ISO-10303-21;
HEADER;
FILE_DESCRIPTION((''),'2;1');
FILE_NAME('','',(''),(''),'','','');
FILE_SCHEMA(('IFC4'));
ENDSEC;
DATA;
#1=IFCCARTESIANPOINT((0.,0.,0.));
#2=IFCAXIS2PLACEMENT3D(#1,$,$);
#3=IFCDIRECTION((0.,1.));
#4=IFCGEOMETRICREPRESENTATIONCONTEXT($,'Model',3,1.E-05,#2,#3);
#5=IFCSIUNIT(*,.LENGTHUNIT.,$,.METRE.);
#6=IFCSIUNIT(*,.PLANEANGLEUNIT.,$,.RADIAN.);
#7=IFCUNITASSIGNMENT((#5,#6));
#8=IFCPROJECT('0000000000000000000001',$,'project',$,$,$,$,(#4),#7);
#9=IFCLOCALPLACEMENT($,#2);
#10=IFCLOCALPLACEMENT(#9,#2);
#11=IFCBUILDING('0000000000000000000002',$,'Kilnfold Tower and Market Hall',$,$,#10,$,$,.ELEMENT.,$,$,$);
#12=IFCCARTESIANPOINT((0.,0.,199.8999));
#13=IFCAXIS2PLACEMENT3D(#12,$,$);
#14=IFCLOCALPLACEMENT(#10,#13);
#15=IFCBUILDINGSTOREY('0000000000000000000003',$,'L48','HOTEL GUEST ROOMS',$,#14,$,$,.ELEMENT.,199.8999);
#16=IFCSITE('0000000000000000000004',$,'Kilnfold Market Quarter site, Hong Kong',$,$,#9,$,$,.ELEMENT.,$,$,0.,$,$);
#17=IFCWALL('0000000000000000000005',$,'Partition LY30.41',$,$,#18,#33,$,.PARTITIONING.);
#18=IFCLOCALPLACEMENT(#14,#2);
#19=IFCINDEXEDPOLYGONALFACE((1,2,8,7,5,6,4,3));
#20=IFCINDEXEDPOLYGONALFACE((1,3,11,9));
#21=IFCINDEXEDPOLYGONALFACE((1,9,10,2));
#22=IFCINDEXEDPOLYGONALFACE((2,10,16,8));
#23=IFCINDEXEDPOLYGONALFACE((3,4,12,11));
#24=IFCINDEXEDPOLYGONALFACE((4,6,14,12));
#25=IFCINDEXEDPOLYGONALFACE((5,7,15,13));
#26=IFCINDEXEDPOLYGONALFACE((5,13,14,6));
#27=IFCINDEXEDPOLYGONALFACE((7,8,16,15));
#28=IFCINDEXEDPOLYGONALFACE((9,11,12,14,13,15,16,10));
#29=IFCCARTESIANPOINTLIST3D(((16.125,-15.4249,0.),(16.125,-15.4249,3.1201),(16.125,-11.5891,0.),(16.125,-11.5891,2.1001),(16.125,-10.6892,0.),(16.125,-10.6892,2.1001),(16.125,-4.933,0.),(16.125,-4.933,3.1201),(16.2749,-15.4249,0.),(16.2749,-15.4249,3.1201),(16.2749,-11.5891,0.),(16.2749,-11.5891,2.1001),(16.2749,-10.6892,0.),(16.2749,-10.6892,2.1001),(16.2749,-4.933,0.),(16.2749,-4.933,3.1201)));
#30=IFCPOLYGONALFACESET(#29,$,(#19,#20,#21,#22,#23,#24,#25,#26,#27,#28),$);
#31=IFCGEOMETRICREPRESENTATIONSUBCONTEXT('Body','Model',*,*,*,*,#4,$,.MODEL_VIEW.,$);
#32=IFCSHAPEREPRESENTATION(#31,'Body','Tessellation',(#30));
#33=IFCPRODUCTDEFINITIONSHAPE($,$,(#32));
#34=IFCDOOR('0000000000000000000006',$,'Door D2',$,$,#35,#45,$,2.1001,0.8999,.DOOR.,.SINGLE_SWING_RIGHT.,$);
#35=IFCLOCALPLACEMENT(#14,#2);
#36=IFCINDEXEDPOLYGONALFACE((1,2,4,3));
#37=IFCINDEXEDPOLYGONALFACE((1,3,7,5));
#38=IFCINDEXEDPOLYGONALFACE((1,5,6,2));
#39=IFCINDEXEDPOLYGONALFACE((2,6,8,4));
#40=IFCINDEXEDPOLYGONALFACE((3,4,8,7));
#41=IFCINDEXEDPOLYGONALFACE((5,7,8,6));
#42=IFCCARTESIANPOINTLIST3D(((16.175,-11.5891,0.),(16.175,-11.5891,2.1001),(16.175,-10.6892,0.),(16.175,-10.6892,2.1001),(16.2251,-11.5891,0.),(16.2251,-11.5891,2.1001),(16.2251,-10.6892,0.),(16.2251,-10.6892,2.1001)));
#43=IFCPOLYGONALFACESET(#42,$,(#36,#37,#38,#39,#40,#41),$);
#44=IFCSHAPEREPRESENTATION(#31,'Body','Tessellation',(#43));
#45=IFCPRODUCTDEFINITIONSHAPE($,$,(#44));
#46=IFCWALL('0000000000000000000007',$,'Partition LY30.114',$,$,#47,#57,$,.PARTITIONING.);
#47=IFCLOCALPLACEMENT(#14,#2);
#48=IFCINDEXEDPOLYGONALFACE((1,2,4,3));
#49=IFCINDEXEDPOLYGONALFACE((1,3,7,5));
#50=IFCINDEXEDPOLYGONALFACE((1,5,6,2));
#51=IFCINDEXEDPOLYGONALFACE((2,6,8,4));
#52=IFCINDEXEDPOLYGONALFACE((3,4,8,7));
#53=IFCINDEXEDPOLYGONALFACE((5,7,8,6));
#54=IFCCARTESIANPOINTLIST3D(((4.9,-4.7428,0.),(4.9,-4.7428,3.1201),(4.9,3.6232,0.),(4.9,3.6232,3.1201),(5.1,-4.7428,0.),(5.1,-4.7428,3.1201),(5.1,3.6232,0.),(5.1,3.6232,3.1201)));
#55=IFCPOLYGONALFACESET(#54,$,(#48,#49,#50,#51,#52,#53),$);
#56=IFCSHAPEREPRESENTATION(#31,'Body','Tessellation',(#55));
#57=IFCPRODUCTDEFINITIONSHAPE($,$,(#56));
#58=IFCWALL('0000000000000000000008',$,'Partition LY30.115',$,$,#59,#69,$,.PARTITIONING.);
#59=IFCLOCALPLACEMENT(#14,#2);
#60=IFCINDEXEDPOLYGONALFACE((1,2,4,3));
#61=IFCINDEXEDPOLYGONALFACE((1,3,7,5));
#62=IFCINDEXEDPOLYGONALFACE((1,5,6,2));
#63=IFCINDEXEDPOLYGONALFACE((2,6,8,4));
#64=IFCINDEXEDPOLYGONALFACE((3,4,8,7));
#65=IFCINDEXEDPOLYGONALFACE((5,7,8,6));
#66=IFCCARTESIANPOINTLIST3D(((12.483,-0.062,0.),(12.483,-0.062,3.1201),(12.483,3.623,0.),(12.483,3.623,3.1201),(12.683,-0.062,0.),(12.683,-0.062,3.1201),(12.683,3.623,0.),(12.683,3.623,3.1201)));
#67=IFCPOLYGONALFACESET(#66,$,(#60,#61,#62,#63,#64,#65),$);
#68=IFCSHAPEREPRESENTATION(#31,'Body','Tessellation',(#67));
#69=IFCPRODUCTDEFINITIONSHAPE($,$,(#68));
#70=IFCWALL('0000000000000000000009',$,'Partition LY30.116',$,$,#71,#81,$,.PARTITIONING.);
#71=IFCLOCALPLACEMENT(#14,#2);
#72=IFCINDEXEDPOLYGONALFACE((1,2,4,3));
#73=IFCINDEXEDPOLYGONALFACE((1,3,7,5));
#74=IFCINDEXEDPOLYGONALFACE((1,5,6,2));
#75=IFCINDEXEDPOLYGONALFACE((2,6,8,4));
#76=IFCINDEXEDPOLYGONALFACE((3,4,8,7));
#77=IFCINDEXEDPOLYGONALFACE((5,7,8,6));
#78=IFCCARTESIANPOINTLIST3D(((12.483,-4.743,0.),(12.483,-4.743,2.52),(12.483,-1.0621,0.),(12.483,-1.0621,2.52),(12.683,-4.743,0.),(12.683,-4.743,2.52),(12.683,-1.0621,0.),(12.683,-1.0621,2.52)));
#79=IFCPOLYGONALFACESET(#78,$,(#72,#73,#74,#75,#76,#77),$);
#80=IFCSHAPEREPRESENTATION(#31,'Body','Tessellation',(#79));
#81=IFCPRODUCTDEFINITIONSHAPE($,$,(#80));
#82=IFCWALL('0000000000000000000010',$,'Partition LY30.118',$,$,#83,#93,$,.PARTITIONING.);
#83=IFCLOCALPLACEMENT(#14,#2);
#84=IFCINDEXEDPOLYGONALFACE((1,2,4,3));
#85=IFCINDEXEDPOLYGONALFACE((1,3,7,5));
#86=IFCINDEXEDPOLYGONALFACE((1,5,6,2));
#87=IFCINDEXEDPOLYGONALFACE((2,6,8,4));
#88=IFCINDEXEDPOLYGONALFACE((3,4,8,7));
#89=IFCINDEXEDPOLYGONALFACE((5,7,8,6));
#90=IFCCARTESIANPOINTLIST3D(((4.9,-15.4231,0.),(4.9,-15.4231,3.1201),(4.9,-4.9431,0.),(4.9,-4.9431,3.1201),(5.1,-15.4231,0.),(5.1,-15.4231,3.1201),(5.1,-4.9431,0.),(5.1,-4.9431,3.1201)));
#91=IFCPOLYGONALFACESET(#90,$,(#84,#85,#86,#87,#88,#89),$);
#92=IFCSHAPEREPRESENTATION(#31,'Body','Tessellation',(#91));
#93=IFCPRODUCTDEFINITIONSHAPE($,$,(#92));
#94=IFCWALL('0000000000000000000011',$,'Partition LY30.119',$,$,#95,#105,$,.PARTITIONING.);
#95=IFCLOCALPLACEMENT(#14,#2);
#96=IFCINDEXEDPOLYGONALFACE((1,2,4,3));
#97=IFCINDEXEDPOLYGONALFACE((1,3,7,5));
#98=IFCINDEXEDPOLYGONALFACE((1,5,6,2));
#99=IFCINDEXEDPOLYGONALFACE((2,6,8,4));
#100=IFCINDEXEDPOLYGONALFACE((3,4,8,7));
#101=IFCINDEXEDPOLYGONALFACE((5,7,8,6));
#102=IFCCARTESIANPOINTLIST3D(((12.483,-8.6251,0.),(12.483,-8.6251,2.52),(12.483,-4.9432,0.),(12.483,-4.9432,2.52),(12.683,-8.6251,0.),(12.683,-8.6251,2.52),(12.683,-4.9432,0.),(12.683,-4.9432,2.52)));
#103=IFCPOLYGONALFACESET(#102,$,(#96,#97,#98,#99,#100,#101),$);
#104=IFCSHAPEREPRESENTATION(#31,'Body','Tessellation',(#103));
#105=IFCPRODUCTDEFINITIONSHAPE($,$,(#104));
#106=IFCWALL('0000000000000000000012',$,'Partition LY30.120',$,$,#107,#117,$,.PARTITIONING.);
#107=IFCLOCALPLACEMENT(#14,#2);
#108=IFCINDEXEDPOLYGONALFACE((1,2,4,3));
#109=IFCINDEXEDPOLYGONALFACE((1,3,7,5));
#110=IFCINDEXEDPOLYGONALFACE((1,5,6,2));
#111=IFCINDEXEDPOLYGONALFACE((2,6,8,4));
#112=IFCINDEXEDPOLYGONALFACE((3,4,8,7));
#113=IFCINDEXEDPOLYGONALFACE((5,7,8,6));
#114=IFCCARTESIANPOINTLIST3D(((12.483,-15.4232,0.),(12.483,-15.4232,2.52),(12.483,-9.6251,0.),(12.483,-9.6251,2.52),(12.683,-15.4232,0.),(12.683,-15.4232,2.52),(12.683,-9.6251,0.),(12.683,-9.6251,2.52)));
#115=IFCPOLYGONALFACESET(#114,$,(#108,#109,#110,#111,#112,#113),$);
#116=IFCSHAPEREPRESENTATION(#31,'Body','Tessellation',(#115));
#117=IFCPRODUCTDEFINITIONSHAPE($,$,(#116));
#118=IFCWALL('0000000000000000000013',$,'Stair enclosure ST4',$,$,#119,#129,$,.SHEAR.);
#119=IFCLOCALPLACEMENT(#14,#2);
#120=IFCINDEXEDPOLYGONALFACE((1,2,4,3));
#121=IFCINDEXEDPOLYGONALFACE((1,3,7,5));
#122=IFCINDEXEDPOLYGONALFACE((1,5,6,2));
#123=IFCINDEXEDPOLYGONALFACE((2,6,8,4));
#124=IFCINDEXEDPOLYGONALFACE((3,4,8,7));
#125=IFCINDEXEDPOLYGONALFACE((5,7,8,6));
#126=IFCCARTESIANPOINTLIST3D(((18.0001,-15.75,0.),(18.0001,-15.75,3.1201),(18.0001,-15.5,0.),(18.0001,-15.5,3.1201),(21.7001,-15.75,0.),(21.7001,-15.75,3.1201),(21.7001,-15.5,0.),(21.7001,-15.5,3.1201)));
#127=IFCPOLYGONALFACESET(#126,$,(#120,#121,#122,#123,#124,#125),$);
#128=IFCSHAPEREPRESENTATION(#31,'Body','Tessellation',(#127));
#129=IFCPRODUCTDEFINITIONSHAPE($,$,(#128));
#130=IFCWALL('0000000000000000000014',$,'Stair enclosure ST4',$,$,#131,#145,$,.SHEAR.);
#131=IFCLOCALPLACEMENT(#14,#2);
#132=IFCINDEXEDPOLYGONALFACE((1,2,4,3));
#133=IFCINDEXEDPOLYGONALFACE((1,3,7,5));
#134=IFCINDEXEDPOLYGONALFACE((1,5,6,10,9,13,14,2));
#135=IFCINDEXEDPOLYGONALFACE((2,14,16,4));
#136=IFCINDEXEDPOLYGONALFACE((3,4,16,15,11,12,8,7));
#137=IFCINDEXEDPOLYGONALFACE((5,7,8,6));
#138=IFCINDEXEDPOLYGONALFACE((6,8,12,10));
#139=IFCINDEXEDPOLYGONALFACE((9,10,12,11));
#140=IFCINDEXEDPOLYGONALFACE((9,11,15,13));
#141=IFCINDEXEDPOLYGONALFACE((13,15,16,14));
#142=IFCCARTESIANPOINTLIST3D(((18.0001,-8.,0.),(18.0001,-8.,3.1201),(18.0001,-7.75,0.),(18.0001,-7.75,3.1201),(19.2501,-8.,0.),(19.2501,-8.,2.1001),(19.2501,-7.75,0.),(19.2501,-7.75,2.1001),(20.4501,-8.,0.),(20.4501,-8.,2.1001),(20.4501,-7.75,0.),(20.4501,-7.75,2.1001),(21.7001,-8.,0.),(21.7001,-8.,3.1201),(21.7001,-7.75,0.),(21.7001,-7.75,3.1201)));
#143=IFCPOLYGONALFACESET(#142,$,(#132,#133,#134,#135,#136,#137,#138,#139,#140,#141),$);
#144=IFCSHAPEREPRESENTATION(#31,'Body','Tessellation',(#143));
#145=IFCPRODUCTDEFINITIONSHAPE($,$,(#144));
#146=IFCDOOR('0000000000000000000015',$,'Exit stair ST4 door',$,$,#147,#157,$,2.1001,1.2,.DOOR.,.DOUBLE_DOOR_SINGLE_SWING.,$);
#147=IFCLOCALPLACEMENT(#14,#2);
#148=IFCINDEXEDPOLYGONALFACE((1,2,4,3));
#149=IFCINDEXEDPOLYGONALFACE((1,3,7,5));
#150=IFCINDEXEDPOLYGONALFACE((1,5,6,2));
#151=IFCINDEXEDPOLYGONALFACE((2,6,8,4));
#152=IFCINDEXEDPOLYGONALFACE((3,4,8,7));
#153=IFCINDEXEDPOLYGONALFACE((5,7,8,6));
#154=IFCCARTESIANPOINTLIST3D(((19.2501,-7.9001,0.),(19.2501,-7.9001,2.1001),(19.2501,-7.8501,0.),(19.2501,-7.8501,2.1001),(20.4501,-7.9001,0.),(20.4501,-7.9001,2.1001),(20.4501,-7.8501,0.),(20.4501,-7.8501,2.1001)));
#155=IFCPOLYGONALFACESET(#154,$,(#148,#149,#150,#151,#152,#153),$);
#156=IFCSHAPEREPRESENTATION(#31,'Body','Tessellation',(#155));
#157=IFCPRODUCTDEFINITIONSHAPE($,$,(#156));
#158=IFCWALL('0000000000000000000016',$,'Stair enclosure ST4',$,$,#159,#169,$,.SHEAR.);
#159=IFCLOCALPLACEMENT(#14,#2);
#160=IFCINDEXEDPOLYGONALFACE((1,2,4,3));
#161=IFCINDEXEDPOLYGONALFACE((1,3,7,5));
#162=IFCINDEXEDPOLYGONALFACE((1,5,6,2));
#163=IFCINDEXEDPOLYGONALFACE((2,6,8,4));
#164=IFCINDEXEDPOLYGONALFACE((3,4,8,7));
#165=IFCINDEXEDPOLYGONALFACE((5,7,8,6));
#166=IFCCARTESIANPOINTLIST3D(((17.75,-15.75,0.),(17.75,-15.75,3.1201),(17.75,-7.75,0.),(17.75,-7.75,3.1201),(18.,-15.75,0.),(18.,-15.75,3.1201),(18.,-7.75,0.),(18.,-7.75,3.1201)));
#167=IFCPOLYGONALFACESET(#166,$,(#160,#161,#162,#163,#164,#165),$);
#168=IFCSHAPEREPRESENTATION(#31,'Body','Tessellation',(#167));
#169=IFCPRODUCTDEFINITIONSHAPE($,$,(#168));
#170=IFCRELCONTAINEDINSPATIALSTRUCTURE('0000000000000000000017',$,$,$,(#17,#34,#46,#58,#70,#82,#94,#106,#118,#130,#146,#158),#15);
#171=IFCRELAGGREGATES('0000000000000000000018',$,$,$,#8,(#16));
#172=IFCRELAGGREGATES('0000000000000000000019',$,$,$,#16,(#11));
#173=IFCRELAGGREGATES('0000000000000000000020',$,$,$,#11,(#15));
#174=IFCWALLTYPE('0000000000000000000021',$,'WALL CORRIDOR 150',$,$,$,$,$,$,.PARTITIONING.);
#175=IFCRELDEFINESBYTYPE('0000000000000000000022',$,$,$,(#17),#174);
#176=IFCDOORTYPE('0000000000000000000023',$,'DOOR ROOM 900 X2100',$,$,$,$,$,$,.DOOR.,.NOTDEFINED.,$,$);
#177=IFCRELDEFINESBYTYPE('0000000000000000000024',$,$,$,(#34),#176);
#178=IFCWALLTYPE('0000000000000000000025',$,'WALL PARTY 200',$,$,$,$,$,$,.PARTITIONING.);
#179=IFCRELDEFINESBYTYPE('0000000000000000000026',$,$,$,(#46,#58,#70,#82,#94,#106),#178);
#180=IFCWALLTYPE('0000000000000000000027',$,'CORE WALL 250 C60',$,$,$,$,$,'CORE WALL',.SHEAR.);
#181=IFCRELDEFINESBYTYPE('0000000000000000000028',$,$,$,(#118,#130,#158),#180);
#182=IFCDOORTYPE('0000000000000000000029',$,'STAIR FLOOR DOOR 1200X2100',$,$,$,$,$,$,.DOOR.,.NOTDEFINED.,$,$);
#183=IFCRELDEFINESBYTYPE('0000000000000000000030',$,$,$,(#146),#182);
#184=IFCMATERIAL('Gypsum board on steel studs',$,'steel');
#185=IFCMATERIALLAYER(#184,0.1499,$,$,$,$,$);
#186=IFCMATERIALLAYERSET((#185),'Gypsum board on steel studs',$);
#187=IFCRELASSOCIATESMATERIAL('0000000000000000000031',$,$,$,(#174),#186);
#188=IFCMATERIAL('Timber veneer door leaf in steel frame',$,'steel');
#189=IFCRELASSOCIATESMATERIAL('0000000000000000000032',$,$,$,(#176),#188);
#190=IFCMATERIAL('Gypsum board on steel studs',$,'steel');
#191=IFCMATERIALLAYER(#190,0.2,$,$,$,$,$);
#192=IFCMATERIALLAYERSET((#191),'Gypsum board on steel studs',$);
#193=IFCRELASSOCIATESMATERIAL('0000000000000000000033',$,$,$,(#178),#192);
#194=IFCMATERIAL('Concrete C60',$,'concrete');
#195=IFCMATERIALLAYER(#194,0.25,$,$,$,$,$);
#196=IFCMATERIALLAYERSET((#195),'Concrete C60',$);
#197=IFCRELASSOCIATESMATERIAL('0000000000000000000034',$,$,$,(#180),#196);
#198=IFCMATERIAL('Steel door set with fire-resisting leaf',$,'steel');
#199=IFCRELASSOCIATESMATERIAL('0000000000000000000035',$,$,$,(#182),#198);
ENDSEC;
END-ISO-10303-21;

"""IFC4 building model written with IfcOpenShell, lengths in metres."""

from ifc_helpers import new_model, si_unit, direction, frame, frame_2d, origin, place, context, subcontext, project, spatial, rectangle, extrude, source, transform, mapped, material, layer, layer_set, type_object, element, fill, save


model = new_model("IFC4")

# Units and contexts
model_context = context("Model", 3, precision=1e-05, world=origin(), true_north=direction((0.0, 1.0)))
body_context = subcontext(model_context, "Body", "Model", "MODEL_VIEW")
ifc_project = project(units=[si_unit("LENGTHUNIT", "METRE"), si_unit("PLANEANGLEUNIT", "RADIAN")], contexts=[model_context])

# Site, building, storey
site_placement = place(None, origin())
site = spatial("IfcSite", under=ifc_project, at=site_placement, Name="Kilnfold Market Quarter site, Hong Kong", CompositionType="ELEMENT", RefElevation=0.0)
building_placement = place(site_placement, origin())
building = spatial("IfcBuilding", under=site, at=building_placement, Name="Kilnfold Tower and Market Hall", CompositionType="ELEMENT")
storey_placement = place(building_placement, frame((0.0, 0.0, 199.8999)))
storey = spatial("IfcBuildingStorey", under=building, at=storey_placement, Name="L48", Description="HOTEL GUEST ROOMS", CompositionType="ELEMENT", Elevation=199.8999)

# Shared definitions
ifc_material_1 = material(Name="Gypsum board on steel studs", Category="steel")
ifc_layer_1 = layer(ifc_material_1, 0.1499)
ifc_layer_set_1 = layer_set([ifc_layer_1], Name="Gypsum board on steel studs")
wall_type_1 = type_object("IfcWallType", Name="WALL CORRIDOR 150", PredefinedType="PARTITIONING", material=ifc_layer_set_1)

# Shared definitions
ifc_material_2 = material(Name="Timber veneer door leaf in steel frame", Category="steel")
door_type_1 = type_object("IfcDoorType", Name="DOOR ROOM 900 X2100", OperationType="NOTDEFINED", PredefinedType="DOOR", material=ifc_material_2)

# Wall, opening, door
wall_1_placement = place(storey_placement, frame((16.2, -15.425, 0.0), z_axis=(0.0, 0.0, 1.0), x_axis=(0.0, 1.0, 0.0)))
wall_1 = element("IfcWall", 1, at=wall_1_placement, inside=storey, type_object=wall_type_1, Name="Partition LY30.41", PredefinedType="PARTITIONING", context=body_context, shape_type="SweptSolid", body=[
    extrude(rectangle(XDim=10.4919, YDim=0.1499, at=frame_2d((5.2461, 0.0))), origin(), (0.0, 0.0, 1.0), 3.1201),
])
opening_1_placement = place(wall_1_placement, frame((3.8359, 0.0, 0.0)))
opening_1 = element("IfcOpeningElement", 2, at=opening_1_placement, cuts=wall_1, PredefinedType="OPENING", context=body_context, shape_type="SweptSolid", body=[
    extrude(rectangle(XDim=0.8999, YDim=2.1001, at=frame_2d((0.45, 1.05))), frame((0.0, 0.085, 0.0), z_axis=(0.0, -1.0, 0.0), x_axis=(1.0, 0.0, 0.0)), (0.0, 0.0, 1.0), 0.1699),
])
door_1_placement = place(opening_1_placement, origin())
door_1 = element("IfcDoor", 3, at=door_1_placement, inside=storey, type_object=door_type_1, Name="Door D2", OperationType="SINGLE_SWING_RIGHT", OverallHeight=2.1001, OverallWidth=0.8999, PredefinedType="DOOR", context=body_context, shape_type="SweptSolid", body=[
    extrude(rectangle(XDim=0.8999, YDim=2.1001, at=frame_2d((0.45, 1.05))), frame((0.0, 0.0249, 0.0), z_axis=(0.0, -1.0, 0.0), x_axis=(1.0, 0.0, 0.0)), (0.0, 0.0, 1.0), 0.05),
])
fill(opening_1, door_1)

# Walls
ifc_material_3 = material(Name="Gypsum board on steel studs", Category="steel")
ifc_layer_2 = layer(ifc_material_3, 0.2)
ifc_layer_set_2 = layer_set([ifc_layer_2], Name="Gypsum board on steel studs")
wall_type_2 = type_object("IfcWallType", Name="WALL PARTY 200", PredefinedType="PARTITIONING", material=ifc_layer_set_2)
wall_2_placement = place(storey_placement, frame((5.0, -4.7429, 0.0), z_axis=(0.0, 0.0, 1.0), x_axis=(0.0, 1.0, 0.0)))
element("IfcWall", 4, at=wall_2_placement, inside=storey, type_object=wall_type_2, Name="Partition LY30.114", PredefinedType="PARTITIONING", context=body_context, shape_type="SweptSolid", body=[
    extrude(rectangle(XDim=8.366, YDim=0.2, at=frame_2d((4.1831, 0.0))), origin(), (0.0, 0.0, 1.0), 3.1201),
])
wall_3_placement = place(storey_placement, frame((12.583, -0.062, 0.0), z_axis=(0.0, 0.0, 1.0), x_axis=(0.0, 1.0, 0.0)))
element("IfcWall", 5, at=wall_3_placement, inside=storey, type_object=wall_type_2, Name="Partition LY30.115", PredefinedType="PARTITIONING", context=body_context, shape_type="SweptSolid", body=[
    extrude(rectangle(XDim=3.6851, YDim=0.2, at=frame_2d((1.8425, 0.0))), origin(), (0.0, 0.0, 1.0), 3.1201),
])
wall_4_placement = place(storey_placement, frame((12.583, -4.7429, 0.0), z_axis=(0.0, 0.0, 1.0), x_axis=(0.0, 1.0, 0.0)))
element("IfcWall", 6, at=wall_4_placement, inside=storey, type_object=wall_type_2, Name="Partition LY30.116", PredefinedType="PARTITIONING", context=body_context, shape_type="SweptSolid", body=[
    extrude(rectangle(XDim=3.6809, YDim=0.2, at=frame_2d((1.8403, 0.0))), origin(), (0.0, 0.0, 1.0), 2.52),
])
wall_5_placement = place(storey_placement, frame((5.0, -15.4231, 0.0), z_axis=(0.0, 0.0, 1.0), x_axis=(0.0, 1.0, 0.0)))
element("IfcWall", 7, at=wall_5_placement, inside=storey, type_object=wall_type_2, Name="Partition LY30.118", PredefinedType="PARTITIONING", context=body_context, shape_type="SweptSolid", body=[
    extrude(rectangle(XDim=10.48, YDim=0.2, at=frame_2d((5.24, 0.0))), origin(), (0.0, 0.0, 1.0), 3.1201),
])
wall_6_placement = place(storey_placement, frame((12.583, -8.625, 0.0), z_axis=(0.0, 0.0, 1.0), x_axis=(0.0, 1.0, 0.0)))
element("IfcWall", 8, at=wall_6_placement, inside=storey, type_object=wall_type_2, Name="Partition LY30.119", PredefinedType="PARTITIONING", context=body_context, shape_type="SweptSolid", body=[
    extrude(rectangle(XDim=3.6819, YDim=0.2, at=frame_2d((1.8408, 0.0))), origin(), (0.0, 0.0, 1.0), 2.52),
])
wall_7_placement = place(storey_placement, frame((12.583, -15.4231, 0.0), z_axis=(0.0, 0.0, 1.0), x_axis=(0.0, 1.0, 0.0)))
element("IfcWall", 9, at=wall_7_placement, inside=storey, type_object=wall_type_2, Name="Partition LY30.120", PredefinedType="PARTITIONING", context=body_context, shape_type="SweptSolid", body=[
    extrude(rectangle(XDim=5.7981, YDim=0.2, at=frame_2d((2.8989, 0.0))), origin(), (0.0, 0.0, 1.0), 2.52),
])
ifc_material_4 = material(Name="Concrete C60", Category="concrete")
ifc_layer_3 = layer(ifc_material_4, 0.25)
ifc_layer_set_3 = layer_set([ifc_layer_3], Name="Concrete C60")
wall_type_3 = type_object("IfcWallType", Name="CORE WALL 250 C60", ElementType="CORE WALL", PredefinedType="SHEAR", material=ifc_layer_set_3)
shared_shape_1 = source(origin(), body_context, "Body", "SweptSolid", [
    extrude(rectangle(XDim=3.7, YDim=0.25, at=frame_2d((1.8501, 0.0))), origin(), (0.0, 0.0, 1.0), 3.1201),
])
wall_8_placement = place(storey_placement, frame((18.0, -15.625, 0.0), z_axis=(0.0, 0.0, 1.0), x_axis=(1.0, 0.0, 0.0)))
element("IfcWall", 10, at=wall_8_placement, inside=storey, type_object=wall_type_3, Name="Stair enclosure ST4", PredefinedType="SHEAR", context=body_context, shape_type="MappedRepresentation", body=[
    mapped(shared_shape_1, transform((0.0, 0.0, 0.0))),
])

# Wall, opening, door
wall_9_placement = place(storey_placement, frame((18.0, -7.875, 0.0), z_axis=(0.0, 0.0, 1.0), x_axis=(1.0, 0.0, 0.0)))
wall_9 = element("IfcWall", 11, at=wall_9_placement, inside=storey, type_object=wall_type_3, Name="Stair enclosure ST4", PredefinedType="SHEAR", context=body_context, shape_type="MappedRepresentation", body=[
    mapped(shared_shape_1, transform((0.0, 0.0, 0.0))),
])
opening_2_placement = place(wall_9_placement, frame((1.25, 0.0, 0.0)))
opening_2 = element("IfcOpeningElement", 12, at=opening_2_placement, cuts=wall_9, PredefinedType="OPENING", context=body_context, shape_type="SweptSolid", body=[
    extrude(rectangle(XDim=1.2, YDim=2.1001, at=frame_2d((0.6001, 1.05))), frame((0.0, 0.135, 0.0), z_axis=(0.0, -1.0, 0.0), x_axis=(1.0, 0.0, 0.0)), (0.0, 0.0, 1.0), 0.27),
])
ifc_material_5 = material(Name="Steel door set with fire-resisting leaf", Category="steel")
door_type_2 = type_object("IfcDoorType", Name="STAIR FLOOR DOOR 1200X2100", OperationType="NOTDEFINED", PredefinedType="DOOR", material=ifc_material_5)
door_2_placement = place(opening_2_placement, origin())
door_2 = element("IfcDoor", 13, at=door_2_placement, inside=storey, type_object=door_type_2, Name="Exit stair ST4 door", OperationType="DOUBLE_DOOR_SINGLE_SWING", OverallHeight=2.1001, OverallWidth=1.2, PredefinedType="DOOR", context=body_context, shape_type="SweptSolid", body=[
    extrude(rectangle(XDim=1.2, YDim=2.1001, at=frame_2d((0.6001, 1.05))), frame((0.0, 0.0249, 0.0), z_axis=(0.0, -1.0, 0.0), x_axis=(1.0, 0.0, 0.0)), (0.0, 0.0, 1.0), 0.05),
])
fill(opening_2, door_2)

# Wall
shared_shape_2 = source(origin(), body_context, "Body", "SweptSolid", [
    extrude(rectangle(XDim=8.0, YDim=0.25, at=frame_2d((4.0, 0.0))), origin(), (0.0, 0.0, 1.0), 3.1201),
])
wall_10_placement = place(storey_placement, frame((17.875, -15.75, 0.0), z_axis=(0.0, 0.0, 1.0), x_axis=(0.0, 1.0, 0.0)))
element("IfcWall", 14, at=wall_10_placement, inside=storey, type_object=wall_type_3, Name="Stair enclosure ST4", PredefinedType="SHEAR", context=body_context, shape_type="MappedRepresentation", body=[
    mapped(shared_shape_2, transform((0.0, 0.0, 0.0))),
])

save(model, "model.ifc")
